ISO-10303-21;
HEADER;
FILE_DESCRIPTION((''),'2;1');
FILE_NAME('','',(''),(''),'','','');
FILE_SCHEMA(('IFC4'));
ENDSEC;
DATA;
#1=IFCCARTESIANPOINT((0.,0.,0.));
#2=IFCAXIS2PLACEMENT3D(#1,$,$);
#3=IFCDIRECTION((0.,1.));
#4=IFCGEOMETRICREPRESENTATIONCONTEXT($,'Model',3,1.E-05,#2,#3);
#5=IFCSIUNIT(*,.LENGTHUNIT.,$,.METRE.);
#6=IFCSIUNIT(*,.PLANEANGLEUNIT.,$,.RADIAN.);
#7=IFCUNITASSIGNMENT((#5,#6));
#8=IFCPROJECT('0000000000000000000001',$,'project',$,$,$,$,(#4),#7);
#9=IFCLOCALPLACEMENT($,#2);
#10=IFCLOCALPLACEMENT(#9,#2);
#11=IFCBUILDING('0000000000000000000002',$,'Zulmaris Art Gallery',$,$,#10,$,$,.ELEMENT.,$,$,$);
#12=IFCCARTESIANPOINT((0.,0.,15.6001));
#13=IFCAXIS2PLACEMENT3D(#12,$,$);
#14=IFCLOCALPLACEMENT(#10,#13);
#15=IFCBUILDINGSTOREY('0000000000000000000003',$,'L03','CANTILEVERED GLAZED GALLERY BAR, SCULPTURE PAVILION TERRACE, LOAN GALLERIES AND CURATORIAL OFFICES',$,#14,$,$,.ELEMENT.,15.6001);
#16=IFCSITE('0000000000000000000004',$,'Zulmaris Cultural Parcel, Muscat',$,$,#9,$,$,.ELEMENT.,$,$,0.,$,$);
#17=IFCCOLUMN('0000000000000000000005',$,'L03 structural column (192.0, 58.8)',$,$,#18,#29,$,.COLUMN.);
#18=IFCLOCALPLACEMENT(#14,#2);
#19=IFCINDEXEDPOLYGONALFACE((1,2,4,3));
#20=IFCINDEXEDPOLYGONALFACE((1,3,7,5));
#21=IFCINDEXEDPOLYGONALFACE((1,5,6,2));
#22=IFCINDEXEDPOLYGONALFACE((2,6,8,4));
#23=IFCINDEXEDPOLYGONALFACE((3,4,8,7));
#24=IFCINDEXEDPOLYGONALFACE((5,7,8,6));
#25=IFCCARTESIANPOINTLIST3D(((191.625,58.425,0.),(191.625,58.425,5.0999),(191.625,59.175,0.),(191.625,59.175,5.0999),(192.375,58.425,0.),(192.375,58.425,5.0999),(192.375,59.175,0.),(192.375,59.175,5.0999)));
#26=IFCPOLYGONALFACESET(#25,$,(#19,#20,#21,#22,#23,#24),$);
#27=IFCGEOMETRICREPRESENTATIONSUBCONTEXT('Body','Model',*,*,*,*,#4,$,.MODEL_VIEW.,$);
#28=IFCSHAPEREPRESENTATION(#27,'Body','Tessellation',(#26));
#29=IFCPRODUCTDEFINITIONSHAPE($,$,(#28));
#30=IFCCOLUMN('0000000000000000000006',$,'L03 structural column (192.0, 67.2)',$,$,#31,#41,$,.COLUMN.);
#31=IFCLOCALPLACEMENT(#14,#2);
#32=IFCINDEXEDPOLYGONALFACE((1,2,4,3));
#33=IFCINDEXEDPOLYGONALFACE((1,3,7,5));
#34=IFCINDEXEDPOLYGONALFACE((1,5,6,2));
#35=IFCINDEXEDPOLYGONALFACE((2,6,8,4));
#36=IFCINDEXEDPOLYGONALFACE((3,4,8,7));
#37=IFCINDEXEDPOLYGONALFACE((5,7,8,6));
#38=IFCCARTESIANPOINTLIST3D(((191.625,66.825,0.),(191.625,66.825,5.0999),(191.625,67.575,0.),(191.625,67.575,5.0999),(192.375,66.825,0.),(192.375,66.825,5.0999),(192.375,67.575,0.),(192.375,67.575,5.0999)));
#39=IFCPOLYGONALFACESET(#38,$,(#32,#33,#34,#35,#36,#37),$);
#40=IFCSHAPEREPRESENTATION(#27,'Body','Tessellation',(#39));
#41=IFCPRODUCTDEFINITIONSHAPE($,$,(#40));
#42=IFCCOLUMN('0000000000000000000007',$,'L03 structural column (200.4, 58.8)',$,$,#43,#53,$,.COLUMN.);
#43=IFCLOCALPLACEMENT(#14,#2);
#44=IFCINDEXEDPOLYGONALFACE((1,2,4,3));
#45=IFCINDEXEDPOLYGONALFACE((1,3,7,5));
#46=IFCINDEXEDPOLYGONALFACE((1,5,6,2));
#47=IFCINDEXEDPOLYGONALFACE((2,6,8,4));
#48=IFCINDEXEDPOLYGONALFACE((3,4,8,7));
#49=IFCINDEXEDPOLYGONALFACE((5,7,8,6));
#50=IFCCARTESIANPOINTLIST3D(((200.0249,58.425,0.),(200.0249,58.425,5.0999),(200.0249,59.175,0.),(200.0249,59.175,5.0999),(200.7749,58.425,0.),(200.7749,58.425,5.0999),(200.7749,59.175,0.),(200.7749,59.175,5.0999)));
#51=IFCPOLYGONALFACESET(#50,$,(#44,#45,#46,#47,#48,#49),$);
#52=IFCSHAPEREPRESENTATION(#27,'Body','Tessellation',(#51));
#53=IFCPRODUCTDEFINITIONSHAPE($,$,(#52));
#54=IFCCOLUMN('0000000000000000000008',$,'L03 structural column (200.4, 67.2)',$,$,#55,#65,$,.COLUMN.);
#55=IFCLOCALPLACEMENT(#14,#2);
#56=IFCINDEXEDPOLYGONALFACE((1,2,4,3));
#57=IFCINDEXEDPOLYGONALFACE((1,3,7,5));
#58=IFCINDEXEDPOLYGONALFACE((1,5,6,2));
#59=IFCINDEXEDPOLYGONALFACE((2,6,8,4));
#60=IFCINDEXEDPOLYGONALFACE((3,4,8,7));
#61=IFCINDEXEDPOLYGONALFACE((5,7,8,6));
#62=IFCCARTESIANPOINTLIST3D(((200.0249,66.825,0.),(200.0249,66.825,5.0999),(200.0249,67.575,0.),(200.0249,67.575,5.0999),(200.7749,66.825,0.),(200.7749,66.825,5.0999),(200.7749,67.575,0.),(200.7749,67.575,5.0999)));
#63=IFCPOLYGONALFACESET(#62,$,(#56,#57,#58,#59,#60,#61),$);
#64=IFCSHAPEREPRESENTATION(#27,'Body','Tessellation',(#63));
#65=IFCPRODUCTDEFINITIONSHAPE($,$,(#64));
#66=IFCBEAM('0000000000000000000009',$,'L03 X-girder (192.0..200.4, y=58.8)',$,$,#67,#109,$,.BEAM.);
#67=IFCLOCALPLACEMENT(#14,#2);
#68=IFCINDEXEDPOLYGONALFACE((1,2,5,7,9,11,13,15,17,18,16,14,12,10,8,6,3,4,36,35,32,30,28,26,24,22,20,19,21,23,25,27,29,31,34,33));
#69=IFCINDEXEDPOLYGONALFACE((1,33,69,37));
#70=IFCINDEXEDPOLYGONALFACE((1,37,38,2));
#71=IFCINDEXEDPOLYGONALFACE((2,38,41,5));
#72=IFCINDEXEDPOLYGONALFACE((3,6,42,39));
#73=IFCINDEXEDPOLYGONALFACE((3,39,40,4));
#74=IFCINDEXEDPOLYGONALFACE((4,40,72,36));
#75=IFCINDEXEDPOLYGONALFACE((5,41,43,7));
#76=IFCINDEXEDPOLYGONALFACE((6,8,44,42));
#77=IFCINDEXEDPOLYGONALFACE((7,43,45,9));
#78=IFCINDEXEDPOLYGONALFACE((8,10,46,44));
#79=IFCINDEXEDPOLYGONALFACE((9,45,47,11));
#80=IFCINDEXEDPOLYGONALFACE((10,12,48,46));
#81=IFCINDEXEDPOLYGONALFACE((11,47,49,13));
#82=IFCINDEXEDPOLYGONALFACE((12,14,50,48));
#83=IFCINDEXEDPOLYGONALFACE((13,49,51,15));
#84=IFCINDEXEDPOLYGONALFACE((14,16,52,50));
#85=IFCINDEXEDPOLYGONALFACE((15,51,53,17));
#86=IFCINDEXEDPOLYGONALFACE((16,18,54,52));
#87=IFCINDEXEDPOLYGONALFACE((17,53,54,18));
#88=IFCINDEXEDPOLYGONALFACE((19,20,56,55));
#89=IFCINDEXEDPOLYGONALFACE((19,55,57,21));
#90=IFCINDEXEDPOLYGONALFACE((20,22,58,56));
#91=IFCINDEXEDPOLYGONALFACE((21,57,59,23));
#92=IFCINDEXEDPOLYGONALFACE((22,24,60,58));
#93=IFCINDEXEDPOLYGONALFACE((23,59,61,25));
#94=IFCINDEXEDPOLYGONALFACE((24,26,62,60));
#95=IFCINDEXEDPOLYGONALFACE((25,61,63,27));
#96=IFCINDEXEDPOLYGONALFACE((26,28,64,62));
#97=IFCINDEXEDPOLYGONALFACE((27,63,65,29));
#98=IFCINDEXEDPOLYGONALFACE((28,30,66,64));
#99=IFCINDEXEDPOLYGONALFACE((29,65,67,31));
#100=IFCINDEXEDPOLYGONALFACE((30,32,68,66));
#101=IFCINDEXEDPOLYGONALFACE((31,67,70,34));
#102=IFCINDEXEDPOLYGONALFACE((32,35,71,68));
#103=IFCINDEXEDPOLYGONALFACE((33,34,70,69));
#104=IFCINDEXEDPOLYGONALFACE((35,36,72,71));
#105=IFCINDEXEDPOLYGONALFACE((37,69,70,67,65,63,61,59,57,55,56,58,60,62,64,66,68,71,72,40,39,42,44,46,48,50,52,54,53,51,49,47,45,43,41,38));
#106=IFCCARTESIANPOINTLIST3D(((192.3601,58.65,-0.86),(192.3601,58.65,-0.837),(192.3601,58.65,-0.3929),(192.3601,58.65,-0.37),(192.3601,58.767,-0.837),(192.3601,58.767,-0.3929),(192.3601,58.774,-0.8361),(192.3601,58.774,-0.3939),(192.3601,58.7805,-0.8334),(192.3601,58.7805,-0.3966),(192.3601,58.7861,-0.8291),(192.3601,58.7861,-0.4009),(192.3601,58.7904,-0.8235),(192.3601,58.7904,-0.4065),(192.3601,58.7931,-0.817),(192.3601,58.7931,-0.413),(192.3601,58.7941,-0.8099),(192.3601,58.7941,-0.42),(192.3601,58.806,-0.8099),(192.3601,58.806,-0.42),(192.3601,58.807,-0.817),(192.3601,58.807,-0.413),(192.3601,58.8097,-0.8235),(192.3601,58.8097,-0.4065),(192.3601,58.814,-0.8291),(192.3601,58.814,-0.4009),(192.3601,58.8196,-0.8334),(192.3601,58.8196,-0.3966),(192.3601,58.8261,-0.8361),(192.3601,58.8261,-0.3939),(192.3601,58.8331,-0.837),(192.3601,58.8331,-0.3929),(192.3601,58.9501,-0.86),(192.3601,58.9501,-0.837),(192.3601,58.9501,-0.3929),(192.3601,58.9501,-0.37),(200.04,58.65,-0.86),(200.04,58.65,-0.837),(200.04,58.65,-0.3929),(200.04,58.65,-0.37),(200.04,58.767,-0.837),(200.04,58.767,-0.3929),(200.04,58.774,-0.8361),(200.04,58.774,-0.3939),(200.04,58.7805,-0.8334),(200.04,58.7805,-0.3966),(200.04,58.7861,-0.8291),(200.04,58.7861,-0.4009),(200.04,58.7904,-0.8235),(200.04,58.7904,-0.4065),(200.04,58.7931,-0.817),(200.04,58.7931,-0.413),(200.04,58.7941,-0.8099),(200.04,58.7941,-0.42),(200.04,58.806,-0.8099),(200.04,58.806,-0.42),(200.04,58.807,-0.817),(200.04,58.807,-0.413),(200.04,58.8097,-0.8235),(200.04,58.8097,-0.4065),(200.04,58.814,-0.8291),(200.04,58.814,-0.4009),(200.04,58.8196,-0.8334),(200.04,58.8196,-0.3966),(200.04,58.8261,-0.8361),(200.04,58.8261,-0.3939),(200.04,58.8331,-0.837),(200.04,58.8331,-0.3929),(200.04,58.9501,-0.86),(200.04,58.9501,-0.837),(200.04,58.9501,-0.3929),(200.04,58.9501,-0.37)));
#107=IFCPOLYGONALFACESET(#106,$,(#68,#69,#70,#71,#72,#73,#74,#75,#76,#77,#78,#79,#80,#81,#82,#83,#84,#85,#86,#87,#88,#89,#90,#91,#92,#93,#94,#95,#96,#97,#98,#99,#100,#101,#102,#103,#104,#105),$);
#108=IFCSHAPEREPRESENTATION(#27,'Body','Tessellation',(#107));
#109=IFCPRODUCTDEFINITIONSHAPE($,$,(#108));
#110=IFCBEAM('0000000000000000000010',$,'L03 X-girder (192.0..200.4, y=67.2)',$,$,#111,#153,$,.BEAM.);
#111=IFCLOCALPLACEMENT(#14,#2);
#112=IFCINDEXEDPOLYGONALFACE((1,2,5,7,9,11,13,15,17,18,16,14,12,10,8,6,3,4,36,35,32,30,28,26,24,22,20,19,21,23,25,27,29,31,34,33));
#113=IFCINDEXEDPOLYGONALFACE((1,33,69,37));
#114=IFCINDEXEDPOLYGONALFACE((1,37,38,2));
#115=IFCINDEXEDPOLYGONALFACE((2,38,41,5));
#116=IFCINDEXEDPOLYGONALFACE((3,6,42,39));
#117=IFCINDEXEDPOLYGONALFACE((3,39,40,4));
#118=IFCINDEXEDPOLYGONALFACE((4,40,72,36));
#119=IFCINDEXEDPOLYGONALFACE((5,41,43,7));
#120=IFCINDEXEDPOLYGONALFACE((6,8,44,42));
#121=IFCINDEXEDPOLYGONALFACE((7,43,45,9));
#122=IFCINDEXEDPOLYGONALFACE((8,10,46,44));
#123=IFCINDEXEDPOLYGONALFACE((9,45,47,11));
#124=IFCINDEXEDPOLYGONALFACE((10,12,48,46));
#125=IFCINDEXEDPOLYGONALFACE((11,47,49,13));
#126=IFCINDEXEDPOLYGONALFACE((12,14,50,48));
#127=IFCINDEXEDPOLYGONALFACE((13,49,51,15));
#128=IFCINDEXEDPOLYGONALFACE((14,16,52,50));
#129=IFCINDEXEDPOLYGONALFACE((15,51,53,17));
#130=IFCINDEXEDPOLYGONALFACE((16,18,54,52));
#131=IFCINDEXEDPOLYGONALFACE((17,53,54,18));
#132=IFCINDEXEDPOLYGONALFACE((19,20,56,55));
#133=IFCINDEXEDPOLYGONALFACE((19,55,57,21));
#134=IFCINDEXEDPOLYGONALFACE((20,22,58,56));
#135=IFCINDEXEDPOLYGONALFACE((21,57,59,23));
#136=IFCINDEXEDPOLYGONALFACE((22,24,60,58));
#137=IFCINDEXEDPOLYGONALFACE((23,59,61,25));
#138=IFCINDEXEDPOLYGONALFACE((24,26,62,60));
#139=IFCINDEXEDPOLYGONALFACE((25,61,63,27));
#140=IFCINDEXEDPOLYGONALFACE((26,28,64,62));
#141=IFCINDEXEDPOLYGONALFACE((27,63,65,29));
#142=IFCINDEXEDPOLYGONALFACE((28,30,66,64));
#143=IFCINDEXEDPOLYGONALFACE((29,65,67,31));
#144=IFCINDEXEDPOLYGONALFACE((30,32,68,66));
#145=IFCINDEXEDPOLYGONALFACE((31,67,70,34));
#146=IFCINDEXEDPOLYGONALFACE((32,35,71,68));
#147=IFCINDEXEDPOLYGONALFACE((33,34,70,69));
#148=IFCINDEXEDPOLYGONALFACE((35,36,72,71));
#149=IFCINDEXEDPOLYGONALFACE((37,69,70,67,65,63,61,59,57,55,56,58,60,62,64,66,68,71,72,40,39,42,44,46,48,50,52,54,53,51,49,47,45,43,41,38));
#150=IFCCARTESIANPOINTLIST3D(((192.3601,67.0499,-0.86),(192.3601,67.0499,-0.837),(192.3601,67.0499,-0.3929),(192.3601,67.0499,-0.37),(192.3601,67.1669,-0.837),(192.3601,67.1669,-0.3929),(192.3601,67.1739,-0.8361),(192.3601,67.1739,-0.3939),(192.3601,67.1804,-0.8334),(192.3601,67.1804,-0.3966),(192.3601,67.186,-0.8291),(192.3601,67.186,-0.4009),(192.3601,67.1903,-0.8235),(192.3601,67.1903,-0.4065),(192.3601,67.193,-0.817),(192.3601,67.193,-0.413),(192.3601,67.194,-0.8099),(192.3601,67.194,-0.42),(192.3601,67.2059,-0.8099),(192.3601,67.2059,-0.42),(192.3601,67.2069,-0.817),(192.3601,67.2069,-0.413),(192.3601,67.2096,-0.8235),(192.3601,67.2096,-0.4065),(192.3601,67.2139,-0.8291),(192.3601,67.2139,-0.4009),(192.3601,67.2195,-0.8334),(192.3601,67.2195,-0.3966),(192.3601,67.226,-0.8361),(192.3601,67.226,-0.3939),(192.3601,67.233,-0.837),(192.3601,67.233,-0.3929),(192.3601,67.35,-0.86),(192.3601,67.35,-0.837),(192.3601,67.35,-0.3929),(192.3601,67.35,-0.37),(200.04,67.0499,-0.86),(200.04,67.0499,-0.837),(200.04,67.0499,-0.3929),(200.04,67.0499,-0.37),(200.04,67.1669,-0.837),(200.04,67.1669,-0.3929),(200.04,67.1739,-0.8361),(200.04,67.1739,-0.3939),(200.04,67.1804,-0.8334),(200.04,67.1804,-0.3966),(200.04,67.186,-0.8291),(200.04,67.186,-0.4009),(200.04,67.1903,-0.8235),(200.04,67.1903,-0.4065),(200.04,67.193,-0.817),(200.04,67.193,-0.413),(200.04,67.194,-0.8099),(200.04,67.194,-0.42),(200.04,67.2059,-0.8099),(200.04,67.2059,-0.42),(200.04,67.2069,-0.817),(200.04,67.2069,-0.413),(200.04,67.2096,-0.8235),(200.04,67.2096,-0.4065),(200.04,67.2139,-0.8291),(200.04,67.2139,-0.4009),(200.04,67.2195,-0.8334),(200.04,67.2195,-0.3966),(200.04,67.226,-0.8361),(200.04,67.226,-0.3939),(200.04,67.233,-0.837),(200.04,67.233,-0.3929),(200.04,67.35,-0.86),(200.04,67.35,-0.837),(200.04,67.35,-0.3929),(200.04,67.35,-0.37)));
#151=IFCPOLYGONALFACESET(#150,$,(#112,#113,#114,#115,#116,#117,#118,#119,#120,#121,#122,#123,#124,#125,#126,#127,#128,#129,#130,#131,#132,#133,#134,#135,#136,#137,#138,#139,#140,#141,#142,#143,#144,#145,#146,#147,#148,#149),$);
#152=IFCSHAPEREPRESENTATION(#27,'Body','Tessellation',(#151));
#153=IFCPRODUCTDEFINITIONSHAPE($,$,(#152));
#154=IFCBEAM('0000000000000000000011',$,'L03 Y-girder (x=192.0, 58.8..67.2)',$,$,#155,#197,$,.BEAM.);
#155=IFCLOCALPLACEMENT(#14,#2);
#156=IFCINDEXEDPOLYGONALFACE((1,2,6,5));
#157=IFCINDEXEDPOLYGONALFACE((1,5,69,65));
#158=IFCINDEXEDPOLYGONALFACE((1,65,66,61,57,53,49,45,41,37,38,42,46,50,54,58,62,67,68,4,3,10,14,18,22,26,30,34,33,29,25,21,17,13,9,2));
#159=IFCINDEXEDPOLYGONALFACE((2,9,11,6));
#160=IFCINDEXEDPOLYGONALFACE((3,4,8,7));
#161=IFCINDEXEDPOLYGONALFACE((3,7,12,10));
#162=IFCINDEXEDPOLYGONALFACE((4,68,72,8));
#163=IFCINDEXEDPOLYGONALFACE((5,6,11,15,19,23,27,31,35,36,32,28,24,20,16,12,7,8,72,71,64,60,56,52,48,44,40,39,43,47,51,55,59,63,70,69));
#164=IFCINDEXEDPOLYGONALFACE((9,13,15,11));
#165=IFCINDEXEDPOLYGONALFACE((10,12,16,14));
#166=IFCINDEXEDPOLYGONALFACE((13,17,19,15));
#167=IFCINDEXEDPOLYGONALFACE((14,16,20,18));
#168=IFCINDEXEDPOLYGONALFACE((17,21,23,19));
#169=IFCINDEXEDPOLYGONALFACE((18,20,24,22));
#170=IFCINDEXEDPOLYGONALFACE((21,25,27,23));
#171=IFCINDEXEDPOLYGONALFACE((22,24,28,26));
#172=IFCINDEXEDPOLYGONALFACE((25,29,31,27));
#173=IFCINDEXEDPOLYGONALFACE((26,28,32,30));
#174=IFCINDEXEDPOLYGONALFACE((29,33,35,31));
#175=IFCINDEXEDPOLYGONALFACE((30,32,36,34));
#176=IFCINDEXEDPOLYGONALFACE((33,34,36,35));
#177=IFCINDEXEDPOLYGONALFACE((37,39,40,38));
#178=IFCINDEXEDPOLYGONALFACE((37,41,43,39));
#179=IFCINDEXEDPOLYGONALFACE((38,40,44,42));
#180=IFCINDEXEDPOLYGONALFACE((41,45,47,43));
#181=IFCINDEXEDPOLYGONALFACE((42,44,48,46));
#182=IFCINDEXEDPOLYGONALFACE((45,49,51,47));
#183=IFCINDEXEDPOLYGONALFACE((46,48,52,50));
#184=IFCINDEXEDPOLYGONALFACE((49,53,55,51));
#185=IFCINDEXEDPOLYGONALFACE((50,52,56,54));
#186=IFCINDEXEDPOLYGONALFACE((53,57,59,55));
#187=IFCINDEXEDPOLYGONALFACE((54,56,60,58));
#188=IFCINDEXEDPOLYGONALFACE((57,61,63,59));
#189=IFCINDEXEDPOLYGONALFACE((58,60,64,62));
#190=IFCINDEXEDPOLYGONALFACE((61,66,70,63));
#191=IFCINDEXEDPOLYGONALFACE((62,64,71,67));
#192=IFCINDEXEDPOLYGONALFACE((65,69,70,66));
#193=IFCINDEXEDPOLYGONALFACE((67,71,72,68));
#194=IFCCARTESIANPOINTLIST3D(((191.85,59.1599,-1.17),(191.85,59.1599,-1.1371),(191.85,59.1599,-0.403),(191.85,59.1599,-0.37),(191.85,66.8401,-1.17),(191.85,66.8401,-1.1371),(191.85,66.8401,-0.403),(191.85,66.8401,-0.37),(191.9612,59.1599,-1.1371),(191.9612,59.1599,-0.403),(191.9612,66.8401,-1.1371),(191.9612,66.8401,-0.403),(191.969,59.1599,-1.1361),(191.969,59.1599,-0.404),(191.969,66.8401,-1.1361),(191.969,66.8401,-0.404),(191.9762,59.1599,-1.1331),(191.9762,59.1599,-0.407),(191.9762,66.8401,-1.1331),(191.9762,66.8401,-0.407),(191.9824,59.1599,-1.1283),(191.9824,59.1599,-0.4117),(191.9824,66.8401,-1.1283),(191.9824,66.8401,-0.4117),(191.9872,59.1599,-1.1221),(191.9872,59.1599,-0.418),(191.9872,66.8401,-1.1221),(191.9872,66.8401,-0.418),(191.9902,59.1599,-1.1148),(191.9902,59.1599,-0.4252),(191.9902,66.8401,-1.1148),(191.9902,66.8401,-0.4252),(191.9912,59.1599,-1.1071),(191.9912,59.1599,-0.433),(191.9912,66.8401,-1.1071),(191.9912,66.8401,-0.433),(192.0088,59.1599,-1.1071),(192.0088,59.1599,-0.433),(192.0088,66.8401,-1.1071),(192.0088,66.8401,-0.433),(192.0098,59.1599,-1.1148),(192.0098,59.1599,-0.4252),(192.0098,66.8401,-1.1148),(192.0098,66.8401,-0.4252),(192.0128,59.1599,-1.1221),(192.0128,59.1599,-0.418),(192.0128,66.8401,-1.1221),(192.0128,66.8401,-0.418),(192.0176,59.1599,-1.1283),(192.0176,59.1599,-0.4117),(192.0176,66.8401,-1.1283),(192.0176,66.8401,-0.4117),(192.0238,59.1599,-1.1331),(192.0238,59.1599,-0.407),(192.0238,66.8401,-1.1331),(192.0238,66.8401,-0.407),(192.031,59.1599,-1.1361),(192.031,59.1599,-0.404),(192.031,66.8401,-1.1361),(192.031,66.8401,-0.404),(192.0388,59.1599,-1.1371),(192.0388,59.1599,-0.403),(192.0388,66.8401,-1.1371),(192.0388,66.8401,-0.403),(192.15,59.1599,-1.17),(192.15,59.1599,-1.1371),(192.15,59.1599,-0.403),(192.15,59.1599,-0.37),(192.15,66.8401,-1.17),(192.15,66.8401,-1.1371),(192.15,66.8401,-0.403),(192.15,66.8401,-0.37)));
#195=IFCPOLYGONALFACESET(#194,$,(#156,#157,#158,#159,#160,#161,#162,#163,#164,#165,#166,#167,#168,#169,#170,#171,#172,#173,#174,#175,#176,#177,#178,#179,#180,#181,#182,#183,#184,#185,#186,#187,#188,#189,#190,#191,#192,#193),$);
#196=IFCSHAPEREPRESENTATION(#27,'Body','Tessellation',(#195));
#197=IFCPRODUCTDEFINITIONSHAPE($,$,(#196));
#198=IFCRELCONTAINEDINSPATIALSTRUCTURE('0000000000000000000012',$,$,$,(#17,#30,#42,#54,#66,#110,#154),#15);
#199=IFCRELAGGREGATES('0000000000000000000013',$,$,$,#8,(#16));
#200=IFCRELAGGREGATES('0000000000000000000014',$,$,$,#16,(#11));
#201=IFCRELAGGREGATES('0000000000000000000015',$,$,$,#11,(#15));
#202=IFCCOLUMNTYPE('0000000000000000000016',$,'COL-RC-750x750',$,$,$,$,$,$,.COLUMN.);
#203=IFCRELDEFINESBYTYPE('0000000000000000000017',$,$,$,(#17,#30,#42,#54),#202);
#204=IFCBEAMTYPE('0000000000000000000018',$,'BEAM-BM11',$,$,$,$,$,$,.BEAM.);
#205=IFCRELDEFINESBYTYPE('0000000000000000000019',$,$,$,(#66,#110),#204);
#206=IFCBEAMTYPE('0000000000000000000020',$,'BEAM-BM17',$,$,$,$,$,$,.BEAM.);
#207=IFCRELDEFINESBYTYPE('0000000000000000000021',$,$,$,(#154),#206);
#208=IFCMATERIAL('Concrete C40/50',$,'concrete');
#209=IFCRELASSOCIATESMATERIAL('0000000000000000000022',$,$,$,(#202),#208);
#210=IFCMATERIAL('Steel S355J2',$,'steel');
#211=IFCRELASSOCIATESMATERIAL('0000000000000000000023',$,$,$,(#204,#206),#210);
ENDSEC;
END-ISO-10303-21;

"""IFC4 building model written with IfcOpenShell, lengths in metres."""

from ifc_helpers import new_model, si_unit, direction, frame, origin, origin_2d, place, context, subcontext, project, spatial, rectangle, i_section, extrude, material, material_profile, profile_set, type_object, element, save


model = new_model("IFC4")

# Units and contexts
model_context = context("Model", 3, precision=1e-05, world=origin(), true_north=direction((0.0, 1.0)))
body_context = subcontext(model_context, "Body", "Model", "MODEL_VIEW")
ifc_project = project(units=[si_unit("LENGTHUNIT", "METRE"), si_unit("PLANEANGLEUNIT", "RADIAN")], contexts=[model_context])

# Site, building, storey
site_placement = place(None, origin())
site = spatial("IfcSite", under=ifc_project, at=site_placement, Name="Zulmaris Cultural Parcel, Muscat", CompositionType="ELEMENT", RefElevation=0.0)
building_placement = place(site_placement, origin())
building = spatial("IfcBuilding", under=site, at=building_placement, Name="Zulmaris Art Gallery", CompositionType="ELEMENT")
storey_placement = place(building_placement, frame((0.0, 0.0, 15.6001)))
storey = spatial("IfcBuildingStorey", under=building, at=storey_placement, Name="L03", Description="CANTILEVERED GLAZED GALLERY BAR, SCULPTURE PAVILION TERRACE, LOAN GALLERIES AND CURATORIAL OFFICES", CompositionType="ELEMENT", Elevation=15.6001)

# Columns
ifc_material_1 = material(Name="Concrete C40/50", Category="concrete")
ifc_material_profile_1 = material_profile(ifc_material_1, rectangle(XDim=0.75, YDim=0.75, at=origin_2d()), Name="RC 750x750")
ifc_profile_set_1 = profile_set([ifc_material_profile_1], Name="Concrete C40/50")
column_type = type_object("IfcColumnType", Name="COL-RC-750x750", PredefinedType="COLUMN", material=ifc_profile_set_1)
for number, where, z_axis, x_axis, name in (
    (1, (192.0, 58.8, 0.0), (0.0, 0.0, 1.0), (1.0, 0.0, 0.0), "L03 structural column (192.0, 58.8)"),
    (2, (192.0, 67.2, 0.0), (0.0, 0.0, 1.0), (1.0, 0.0, 0.0), "L03 structural column (192.0, 67.2)"),
    (3, (200.3999, 58.8, 0.0), (0.0, 0.0, 1.0), (1.0, 0.0, 0.0), "L03 structural column (200.4, 58.8)"),
    (4, (200.3999, 67.2, 0.0), (0.0, 0.0, 1.0), (1.0, 0.0, 0.0), "L03 structural column (200.4, 67.2)"),
):
    element("IfcColumn", number, at=place(storey_placement, frame(where, z_axis=z_axis, x_axis=x_axis)), inside=storey, type_object=column_type, Name=name, PredefinedType="COLUMN", context=body_context, shape_type="SweptSolid", body=[
        extrude(rectangle(XDim=0.75, YDim=0.75, at=origin_2d()), origin(), (0.0, 0.0, 1.0), 5.0999),
    ])

# Beams
ifc_material_2 = material(Name="Steel S355J2", Category="steel")
ifc_material_profile_2 = material_profile(ifc_material_2, i_section(OverallWidth=0.3, OverallDepth=0.49, WebThickness=0.012, FlangeThickness=0.0229, FilletRadius=0.0271, at=origin_2d()), Name="HEA 500")
ifc_profile_set_2 = profile_set([ifc_material_profile_2], Name="Steel S355J2")
beam_type_1 = type_object("IfcBeamType", Name="BEAM-BM11", PredefinedType="BEAM", material=ifc_profile_set_2)
for number, where, z_axis, x_axis, name in (
    (5, (192.3601, 58.8, -0.615), (1.0, 0.0, 0.0), (0.0, 1.0, 0.0), "L03 X-girder (192.0..200.4, y=58.8)"),
    (6, (192.3601, 67.2, -0.615), (1.0, 0.0, 0.0), (0.0, 1.0, 0.0), "L03 X-girder (192.0..200.4, y=67.2)"),
):
    element("IfcBeam", number, at=place(storey_placement, frame(where, z_axis=z_axis, x_axis=x_axis)), inside=storey, type_object=beam_type_1, Name=name, PredefinedType="BEAM", context=body_context, shape_type="SweptSolid", body=[
        extrude(i_section(OverallWidth=0.3, OverallDepth=0.49, WebThickness=0.012, FlangeThickness=0.0229, FilletRadius=0.0271, at=origin_2d()), origin(), (0.0, 0.0, 1.0), 7.6799),
    ])
ifc_material_profile_3 = material_profile(ifc_material_2, i_section(OverallWidth=0.3, OverallDepth=0.8, WebThickness=0.0176, FlangeThickness=0.033, FilletRadius=0.03, at=origin_2d()), Name="HEB 800")
ifc_profile_set_3 = profile_set([ifc_material_profile_3], Name="Steel S355J2")
beam_type_2 = type_object("IfcBeamType", Name="BEAM-BM17", PredefinedType="BEAM", material=ifc_profile_set_3)
beam_1_placement = place(storey_placement, frame((192.0, 59.1599, -0.77), z_axis=(0.0, 1.0, 0.0), x_axis=(-1.0, 0.0, 0.0)))
element("IfcBeam", 7, at=beam_1_placement, inside=storey, type_object=beam_type_2, Name="L03 Y-girder (x=192.0, 58.8..67.2)", PredefinedType="BEAM", context=body_context, shape_type="SweptSolid", body=[
    extrude(i_section(OverallWidth=0.3, OverallDepth=0.8, WebThickness=0.0176, FlangeThickness=0.033, FilletRadius=0.03, at=origin_2d()), origin(), (0.0, 0.0, 1.0), 7.6802),
])

save(model, "model.ifc")
